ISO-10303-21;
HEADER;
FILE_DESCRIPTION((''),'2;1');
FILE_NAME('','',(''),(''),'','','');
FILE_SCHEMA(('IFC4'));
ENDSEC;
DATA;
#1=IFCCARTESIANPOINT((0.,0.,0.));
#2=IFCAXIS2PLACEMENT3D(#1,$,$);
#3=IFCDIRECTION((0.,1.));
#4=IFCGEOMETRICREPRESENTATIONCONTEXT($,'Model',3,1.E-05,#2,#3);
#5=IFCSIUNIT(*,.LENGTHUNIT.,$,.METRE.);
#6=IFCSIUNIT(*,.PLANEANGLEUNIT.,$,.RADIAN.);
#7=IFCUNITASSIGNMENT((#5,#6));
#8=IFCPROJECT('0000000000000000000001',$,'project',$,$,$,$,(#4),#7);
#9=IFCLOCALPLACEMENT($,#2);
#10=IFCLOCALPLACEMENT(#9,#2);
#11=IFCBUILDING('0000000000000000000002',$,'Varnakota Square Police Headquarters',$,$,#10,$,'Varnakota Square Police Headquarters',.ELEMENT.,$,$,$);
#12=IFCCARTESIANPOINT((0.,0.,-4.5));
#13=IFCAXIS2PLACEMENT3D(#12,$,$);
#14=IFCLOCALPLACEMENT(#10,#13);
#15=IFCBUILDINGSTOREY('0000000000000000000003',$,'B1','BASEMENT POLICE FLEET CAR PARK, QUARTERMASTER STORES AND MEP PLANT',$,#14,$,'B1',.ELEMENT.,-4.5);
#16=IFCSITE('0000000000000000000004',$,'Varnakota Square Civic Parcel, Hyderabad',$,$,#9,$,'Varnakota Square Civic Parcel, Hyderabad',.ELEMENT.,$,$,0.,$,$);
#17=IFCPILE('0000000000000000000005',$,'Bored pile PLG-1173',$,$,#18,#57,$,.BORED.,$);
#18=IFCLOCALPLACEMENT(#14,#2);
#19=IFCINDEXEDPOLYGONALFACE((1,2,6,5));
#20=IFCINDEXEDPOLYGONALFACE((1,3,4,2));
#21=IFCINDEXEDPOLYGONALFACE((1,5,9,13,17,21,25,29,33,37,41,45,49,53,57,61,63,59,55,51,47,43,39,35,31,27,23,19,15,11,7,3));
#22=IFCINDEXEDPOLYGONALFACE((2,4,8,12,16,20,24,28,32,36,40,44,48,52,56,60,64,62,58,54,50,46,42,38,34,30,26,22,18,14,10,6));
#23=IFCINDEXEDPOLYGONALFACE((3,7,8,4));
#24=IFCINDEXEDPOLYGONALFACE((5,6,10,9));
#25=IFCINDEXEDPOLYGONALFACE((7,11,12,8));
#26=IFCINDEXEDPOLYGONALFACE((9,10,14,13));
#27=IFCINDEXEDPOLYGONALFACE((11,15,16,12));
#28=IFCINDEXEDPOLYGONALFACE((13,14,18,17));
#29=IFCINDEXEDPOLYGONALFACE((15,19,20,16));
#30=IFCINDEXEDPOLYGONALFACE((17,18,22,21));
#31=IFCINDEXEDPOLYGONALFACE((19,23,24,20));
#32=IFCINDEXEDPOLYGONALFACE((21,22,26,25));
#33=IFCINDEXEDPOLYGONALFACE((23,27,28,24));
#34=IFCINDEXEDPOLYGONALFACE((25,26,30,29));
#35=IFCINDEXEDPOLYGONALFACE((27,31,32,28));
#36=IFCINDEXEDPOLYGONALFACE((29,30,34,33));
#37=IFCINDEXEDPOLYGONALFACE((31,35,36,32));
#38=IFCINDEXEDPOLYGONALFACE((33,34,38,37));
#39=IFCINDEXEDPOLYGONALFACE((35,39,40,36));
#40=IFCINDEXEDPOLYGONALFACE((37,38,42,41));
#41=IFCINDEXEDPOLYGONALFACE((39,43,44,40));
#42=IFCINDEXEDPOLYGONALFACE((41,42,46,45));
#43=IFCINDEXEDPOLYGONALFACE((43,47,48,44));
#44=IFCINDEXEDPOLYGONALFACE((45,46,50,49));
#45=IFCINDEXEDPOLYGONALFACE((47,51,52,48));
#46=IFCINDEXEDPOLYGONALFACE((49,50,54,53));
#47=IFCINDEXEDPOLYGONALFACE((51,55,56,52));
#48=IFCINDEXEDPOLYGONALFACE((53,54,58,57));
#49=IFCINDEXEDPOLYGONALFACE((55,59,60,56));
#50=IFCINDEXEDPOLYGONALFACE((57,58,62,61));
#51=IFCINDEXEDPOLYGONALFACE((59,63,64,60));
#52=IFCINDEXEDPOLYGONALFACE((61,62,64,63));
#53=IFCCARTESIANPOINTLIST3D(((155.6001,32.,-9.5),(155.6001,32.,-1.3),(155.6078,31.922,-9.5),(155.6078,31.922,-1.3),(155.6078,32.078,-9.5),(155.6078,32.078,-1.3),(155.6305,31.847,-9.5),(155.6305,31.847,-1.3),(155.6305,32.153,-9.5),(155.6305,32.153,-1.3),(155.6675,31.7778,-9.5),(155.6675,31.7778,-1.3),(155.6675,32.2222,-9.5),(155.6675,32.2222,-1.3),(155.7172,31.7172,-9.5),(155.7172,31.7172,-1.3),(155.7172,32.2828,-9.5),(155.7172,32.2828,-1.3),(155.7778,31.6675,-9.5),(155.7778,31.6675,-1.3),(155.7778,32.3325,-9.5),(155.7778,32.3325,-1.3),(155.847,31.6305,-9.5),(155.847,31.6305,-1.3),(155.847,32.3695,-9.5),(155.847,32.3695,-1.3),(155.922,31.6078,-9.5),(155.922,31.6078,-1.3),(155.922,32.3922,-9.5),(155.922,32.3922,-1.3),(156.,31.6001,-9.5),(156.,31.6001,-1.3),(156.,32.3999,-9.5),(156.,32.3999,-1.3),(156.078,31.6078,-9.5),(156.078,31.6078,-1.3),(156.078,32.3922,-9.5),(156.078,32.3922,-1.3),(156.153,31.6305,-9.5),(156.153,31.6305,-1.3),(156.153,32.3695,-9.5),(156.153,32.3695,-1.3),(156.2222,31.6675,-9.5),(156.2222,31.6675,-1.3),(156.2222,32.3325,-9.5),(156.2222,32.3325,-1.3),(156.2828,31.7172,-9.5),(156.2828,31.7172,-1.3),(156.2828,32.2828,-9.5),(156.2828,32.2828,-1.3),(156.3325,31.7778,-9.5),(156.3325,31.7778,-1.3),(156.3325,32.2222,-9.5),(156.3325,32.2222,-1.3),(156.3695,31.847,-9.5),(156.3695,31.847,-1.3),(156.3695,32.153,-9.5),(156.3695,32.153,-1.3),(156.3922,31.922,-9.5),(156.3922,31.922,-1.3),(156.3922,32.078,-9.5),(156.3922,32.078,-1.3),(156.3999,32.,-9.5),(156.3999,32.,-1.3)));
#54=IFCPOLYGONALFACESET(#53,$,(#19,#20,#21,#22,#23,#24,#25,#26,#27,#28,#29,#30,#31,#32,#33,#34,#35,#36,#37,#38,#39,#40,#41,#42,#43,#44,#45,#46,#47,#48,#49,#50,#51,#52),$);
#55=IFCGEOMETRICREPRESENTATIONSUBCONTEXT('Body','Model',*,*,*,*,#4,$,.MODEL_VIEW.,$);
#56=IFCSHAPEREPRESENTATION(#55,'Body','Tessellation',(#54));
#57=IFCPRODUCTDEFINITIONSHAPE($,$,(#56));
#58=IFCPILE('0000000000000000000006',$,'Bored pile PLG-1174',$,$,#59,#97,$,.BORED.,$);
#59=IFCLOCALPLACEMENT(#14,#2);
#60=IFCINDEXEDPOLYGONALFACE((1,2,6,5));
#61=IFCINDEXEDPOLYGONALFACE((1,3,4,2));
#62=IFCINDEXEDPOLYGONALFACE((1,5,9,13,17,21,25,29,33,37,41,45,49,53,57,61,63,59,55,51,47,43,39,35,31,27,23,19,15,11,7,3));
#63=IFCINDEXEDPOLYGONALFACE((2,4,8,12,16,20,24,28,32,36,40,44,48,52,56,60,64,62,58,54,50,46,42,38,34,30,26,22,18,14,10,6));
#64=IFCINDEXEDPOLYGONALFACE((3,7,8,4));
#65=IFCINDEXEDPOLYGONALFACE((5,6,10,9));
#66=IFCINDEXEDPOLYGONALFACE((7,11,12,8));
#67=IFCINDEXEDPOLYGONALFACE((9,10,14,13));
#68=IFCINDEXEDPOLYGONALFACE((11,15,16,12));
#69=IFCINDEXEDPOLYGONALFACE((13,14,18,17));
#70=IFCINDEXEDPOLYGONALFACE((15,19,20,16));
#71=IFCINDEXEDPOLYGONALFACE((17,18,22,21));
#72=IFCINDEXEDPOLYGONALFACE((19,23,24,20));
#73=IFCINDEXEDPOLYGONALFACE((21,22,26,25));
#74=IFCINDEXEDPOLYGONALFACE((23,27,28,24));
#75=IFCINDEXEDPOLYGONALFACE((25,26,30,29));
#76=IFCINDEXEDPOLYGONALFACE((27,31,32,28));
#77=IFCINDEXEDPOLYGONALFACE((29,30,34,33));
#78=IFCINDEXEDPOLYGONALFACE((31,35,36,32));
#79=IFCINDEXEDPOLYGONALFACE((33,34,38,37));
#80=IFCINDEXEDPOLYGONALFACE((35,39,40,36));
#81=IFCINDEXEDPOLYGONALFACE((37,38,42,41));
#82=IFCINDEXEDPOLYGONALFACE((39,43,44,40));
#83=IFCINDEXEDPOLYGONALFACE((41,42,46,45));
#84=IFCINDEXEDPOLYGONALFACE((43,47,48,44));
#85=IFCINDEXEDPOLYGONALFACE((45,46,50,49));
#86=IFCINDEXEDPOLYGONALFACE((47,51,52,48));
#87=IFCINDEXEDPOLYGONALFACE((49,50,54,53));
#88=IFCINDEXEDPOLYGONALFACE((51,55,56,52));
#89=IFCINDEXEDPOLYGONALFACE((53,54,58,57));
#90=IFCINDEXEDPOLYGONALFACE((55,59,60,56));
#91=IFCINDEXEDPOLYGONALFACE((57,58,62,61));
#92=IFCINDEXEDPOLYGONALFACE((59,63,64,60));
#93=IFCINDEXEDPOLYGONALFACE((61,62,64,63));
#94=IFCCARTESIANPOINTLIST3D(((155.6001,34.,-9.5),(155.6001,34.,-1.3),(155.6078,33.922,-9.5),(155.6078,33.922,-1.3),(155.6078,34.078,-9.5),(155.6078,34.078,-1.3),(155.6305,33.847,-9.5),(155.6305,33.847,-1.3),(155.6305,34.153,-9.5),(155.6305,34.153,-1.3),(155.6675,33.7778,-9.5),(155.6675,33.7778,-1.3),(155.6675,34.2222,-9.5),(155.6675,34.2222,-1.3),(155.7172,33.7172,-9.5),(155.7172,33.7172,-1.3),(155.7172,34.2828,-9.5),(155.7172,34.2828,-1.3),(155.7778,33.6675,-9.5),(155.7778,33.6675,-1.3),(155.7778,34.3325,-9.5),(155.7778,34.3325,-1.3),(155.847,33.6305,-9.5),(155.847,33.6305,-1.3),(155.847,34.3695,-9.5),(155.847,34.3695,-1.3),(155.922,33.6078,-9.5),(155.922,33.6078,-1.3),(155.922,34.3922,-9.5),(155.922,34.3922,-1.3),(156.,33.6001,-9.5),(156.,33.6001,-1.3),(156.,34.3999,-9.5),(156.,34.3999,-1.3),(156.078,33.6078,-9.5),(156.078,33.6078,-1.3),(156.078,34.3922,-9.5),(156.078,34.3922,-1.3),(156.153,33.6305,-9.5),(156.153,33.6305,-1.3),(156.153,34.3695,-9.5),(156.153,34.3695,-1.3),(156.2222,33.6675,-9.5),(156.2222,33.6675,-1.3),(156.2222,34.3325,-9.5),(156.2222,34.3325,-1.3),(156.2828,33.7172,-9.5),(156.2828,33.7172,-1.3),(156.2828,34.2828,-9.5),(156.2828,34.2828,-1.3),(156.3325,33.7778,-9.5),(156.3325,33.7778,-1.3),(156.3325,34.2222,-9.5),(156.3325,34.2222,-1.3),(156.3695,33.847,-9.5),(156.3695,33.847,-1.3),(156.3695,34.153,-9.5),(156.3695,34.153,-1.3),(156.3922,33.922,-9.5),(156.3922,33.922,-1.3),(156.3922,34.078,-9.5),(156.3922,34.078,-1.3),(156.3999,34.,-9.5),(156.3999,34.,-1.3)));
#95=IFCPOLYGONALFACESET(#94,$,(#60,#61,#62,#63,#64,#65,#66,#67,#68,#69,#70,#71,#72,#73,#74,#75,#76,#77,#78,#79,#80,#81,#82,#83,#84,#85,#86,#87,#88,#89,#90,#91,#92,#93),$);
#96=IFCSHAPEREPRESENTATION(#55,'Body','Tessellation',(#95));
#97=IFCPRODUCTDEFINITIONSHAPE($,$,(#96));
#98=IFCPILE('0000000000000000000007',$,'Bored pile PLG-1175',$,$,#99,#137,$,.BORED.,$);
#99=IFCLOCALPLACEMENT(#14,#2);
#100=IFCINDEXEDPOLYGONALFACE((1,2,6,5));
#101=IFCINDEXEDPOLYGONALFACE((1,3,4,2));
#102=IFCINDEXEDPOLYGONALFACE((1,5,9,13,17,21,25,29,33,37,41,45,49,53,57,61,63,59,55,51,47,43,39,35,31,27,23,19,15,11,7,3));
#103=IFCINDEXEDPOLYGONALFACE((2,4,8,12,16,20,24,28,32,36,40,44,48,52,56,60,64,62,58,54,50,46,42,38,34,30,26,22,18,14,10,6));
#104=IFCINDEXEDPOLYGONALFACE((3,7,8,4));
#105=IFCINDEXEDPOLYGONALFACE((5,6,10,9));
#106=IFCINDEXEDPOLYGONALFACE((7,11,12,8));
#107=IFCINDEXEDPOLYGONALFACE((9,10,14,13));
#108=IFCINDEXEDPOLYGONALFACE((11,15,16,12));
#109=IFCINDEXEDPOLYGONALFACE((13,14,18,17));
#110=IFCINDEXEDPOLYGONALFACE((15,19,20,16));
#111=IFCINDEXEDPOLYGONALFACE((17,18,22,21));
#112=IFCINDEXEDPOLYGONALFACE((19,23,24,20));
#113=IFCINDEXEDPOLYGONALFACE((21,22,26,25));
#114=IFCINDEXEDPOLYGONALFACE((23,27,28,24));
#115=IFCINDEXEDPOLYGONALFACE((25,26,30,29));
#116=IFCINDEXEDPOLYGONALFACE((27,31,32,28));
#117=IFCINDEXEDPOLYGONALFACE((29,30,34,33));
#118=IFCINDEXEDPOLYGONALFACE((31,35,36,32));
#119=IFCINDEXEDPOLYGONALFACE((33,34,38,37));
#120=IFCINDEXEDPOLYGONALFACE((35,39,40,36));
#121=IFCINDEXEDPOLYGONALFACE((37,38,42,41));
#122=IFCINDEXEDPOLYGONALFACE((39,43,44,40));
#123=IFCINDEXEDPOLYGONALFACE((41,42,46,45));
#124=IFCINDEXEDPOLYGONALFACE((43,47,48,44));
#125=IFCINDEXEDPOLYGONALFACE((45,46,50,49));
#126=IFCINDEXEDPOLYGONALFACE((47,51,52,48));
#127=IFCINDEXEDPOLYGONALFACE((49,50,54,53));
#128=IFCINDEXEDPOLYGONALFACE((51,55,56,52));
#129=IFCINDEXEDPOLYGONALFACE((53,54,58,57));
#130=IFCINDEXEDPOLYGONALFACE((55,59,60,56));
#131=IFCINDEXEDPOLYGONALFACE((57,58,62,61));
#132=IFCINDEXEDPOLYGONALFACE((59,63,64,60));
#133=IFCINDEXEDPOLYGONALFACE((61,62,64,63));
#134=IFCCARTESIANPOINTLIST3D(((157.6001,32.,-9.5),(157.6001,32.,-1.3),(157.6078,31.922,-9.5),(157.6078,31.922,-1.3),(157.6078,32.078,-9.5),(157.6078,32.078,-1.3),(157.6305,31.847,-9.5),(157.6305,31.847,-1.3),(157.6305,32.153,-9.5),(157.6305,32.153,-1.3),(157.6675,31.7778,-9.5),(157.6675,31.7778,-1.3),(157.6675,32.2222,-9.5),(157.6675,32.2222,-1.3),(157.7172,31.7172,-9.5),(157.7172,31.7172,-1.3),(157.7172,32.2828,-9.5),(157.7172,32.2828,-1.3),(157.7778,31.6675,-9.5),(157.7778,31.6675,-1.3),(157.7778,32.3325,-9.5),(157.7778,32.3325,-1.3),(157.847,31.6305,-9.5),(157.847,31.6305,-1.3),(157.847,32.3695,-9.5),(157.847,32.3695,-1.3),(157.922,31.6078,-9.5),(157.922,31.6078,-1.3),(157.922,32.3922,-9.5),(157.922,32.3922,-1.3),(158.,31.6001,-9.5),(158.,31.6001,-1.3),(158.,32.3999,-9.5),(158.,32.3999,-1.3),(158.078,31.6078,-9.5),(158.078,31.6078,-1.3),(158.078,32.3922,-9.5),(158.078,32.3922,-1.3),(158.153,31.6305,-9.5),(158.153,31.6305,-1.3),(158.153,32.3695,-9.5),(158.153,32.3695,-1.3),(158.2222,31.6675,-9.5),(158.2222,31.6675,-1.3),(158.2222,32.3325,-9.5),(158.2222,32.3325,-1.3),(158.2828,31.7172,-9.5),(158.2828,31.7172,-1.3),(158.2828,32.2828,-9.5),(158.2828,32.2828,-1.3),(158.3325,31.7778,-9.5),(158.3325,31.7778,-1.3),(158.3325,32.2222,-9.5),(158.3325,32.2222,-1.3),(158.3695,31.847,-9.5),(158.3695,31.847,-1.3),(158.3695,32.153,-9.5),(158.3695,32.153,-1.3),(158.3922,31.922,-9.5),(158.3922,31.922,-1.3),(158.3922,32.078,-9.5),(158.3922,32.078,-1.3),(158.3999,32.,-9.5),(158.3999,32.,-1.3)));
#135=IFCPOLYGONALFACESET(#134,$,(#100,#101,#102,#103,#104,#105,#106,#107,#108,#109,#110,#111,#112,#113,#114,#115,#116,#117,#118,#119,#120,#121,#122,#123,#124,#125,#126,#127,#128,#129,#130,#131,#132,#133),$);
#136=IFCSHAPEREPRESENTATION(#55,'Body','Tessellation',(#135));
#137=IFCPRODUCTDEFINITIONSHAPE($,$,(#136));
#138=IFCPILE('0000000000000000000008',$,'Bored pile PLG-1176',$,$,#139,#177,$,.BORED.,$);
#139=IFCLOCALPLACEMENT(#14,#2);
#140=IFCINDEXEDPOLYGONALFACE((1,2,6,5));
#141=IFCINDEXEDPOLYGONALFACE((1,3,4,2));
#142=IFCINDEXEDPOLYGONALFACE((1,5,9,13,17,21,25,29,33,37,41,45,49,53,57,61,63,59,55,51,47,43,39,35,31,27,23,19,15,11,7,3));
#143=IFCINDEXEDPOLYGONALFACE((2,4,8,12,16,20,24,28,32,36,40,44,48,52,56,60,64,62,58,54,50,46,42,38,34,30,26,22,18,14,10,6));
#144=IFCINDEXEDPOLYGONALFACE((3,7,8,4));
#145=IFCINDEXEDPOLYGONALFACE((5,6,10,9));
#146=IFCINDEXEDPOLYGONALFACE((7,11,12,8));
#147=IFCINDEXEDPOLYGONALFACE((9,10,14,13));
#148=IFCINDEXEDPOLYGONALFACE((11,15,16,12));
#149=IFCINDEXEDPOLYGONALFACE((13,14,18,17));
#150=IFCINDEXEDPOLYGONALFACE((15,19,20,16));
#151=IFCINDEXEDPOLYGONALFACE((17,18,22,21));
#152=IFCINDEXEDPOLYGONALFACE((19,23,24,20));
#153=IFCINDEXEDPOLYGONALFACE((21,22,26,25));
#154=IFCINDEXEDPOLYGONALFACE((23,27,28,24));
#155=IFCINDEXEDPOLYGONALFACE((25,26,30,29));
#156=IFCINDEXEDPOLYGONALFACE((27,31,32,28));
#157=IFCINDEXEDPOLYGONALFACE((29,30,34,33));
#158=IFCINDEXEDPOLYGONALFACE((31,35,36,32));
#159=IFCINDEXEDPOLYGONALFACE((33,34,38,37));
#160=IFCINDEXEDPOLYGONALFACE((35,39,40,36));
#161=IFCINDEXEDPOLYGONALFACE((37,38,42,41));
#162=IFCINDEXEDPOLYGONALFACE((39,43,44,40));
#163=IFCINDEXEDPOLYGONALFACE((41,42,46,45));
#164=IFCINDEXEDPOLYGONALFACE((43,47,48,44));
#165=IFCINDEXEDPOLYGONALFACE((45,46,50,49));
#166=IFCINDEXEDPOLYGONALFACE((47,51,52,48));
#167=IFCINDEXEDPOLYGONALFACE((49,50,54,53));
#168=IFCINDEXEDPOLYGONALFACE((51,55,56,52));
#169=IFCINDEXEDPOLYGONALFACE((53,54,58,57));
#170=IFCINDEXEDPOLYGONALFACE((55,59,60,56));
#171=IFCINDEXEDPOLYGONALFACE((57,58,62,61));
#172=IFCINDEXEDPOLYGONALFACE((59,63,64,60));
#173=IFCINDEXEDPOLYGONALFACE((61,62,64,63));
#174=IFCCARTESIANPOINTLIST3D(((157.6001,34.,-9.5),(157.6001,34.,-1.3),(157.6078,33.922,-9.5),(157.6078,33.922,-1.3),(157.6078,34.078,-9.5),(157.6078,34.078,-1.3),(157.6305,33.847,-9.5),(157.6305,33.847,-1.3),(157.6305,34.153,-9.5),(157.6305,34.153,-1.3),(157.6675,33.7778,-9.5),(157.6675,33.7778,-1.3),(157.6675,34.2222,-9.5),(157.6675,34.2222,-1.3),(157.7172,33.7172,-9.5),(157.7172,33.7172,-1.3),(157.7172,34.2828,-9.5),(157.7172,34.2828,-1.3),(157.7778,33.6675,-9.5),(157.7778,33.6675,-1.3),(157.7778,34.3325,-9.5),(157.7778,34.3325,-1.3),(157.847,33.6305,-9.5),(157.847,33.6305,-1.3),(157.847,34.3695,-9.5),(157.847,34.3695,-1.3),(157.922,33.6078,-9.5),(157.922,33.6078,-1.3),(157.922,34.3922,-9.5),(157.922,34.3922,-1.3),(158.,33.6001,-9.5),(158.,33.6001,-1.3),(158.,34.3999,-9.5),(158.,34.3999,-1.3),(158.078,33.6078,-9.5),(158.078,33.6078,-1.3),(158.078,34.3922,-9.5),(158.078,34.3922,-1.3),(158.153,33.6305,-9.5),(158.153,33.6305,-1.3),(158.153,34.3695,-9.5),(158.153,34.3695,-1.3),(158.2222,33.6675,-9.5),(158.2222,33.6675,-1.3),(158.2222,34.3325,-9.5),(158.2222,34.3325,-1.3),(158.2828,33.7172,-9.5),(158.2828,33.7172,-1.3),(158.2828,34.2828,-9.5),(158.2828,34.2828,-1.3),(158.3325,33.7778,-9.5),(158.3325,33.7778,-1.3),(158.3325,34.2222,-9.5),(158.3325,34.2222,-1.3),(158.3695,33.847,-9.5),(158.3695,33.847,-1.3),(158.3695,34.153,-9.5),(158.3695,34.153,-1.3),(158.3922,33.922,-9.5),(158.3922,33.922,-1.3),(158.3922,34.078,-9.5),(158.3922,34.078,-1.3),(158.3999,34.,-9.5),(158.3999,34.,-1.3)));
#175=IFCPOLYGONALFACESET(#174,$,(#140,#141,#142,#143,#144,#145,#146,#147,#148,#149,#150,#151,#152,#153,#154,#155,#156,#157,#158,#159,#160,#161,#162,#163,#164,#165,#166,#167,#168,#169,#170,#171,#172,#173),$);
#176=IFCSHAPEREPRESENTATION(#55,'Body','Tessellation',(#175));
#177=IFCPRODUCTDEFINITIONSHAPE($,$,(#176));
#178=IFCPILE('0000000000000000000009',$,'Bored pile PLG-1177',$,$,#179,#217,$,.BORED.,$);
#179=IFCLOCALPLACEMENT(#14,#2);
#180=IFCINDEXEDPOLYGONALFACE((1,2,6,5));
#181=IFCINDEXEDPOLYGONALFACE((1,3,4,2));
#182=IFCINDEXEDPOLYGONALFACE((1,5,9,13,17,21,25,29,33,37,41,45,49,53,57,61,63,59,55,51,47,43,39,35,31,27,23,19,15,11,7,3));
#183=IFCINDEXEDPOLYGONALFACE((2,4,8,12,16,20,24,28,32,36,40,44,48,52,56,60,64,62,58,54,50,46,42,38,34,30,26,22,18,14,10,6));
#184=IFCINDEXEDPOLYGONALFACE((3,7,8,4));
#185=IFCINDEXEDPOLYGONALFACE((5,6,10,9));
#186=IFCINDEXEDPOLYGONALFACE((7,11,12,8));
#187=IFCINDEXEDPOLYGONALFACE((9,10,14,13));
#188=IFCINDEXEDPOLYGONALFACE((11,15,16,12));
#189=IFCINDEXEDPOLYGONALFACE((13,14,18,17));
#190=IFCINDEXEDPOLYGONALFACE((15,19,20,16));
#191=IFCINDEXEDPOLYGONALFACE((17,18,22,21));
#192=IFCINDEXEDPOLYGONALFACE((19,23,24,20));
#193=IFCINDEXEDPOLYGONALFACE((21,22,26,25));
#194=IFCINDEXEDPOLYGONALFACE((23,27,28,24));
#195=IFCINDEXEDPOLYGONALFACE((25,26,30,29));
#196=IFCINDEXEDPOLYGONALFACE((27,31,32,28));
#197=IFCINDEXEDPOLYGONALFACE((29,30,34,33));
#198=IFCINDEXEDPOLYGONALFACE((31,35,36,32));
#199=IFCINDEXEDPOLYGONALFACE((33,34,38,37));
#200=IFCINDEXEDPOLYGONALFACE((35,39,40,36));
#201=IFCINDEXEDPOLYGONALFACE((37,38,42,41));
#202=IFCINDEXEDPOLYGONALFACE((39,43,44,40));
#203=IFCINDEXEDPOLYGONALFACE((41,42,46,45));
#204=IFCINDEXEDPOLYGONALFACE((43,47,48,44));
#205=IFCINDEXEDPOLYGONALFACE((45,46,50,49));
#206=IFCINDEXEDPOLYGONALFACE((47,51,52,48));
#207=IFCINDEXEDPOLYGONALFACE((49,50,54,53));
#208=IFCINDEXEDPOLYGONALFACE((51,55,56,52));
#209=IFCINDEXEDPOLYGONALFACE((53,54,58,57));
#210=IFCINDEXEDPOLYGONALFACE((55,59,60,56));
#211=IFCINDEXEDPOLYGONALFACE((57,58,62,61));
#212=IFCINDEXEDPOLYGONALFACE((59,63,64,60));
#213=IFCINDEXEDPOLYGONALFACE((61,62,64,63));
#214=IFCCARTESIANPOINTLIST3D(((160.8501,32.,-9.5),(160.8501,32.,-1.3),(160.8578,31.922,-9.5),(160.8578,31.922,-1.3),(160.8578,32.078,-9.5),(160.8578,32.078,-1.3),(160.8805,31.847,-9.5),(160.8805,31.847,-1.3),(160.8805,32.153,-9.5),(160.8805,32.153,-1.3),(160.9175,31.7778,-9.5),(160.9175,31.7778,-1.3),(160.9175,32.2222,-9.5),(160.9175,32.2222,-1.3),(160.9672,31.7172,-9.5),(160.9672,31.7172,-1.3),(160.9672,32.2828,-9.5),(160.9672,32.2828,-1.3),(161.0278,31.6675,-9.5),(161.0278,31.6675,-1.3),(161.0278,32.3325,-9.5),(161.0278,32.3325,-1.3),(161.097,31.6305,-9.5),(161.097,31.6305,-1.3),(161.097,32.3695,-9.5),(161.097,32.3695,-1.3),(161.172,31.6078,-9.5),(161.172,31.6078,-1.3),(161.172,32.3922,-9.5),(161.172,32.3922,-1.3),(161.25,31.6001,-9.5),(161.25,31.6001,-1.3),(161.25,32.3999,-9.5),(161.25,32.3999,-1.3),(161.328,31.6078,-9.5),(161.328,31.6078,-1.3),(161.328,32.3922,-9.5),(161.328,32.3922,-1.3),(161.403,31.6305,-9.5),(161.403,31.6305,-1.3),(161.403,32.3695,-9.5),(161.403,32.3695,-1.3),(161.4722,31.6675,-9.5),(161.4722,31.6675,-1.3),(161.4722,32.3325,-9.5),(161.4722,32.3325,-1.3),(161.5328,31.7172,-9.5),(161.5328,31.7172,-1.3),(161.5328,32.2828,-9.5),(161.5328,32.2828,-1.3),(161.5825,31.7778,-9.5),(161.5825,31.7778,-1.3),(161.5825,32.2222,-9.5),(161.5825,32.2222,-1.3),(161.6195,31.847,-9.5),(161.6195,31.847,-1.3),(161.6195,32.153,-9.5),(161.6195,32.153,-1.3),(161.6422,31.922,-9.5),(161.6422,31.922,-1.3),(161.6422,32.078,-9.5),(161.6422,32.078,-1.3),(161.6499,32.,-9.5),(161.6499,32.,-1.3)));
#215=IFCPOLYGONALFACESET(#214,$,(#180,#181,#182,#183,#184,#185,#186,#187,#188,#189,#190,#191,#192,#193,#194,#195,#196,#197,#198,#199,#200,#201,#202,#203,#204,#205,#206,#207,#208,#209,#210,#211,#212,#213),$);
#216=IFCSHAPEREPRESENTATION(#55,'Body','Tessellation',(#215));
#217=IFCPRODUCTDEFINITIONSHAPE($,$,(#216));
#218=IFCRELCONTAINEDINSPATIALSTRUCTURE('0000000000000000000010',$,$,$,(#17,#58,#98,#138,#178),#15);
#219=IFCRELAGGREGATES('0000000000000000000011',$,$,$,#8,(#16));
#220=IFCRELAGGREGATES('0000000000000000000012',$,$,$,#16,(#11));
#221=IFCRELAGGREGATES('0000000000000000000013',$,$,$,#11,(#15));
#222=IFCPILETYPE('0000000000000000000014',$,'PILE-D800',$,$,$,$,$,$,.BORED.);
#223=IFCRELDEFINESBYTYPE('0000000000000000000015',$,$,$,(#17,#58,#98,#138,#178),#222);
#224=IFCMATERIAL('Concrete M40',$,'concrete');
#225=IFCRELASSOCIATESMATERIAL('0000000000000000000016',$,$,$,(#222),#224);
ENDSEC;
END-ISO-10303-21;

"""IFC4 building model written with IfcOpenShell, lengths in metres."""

from ifc_helpers import new_model, si_unit, direction, frame, origin, origin_2d, place, context, subcontext, project, spatial, circle, extrude, material, material_profile, profile_set, type_object, element, save


model = new_model("IFC4")

# Units and contexts
model_context = context("Model", 3, precision=1e-05, world=origin(), true_north=direction((0.0, 1.0)))
body_context = subcontext(model_context, "Body", "Model", "MODEL_VIEW")
ifc_project = project(units=[si_unit("LENGTHUNIT", "METRE"), si_unit("PLANEANGLEUNIT", "RADIAN")], contexts=[model_context])

# Site, building, storey
site_placement = place(None, origin())
site = spatial("IfcSite", under=ifc_project, at=site_placement, Name="Varnakota Square Civic Parcel, Hyderabad", LongName="Varnakota Square Civic Parcel, Hyderabad", CompositionType="ELEMENT", RefElevation=0.0)
building_placement = place(site_placement, origin())
building = spatial("IfcBuilding", under=site, at=building_placement, Name="Varnakota Square Police Headquarters", LongName="Varnakota Square Police Headquarters", CompositionType="ELEMENT")
storey_placement = place(building_placement, frame((0.0, 0.0, -4.5)))
storey = spatial("IfcBuildingStorey", under=building, at=storey_placement, Name="B1", Description="BASEMENT POLICE FLEET CAR PARK, QUARTERMASTER STORES AND MEP PLANT", LongName="B1", CompositionType="ELEMENT", Elevation=-4.5)

# Shared definitions
ifc_material_1 = material(Name="Concrete M40", Category="concrete")

# Piles
ifc_material_profile_1 = material_profile(ifc_material_1, circle(Radius=0.3999, at=origin_2d()), Name="BORED PILE 800")
ifc_profile_set_1 = profile_set([ifc_material_profile_1], Name="Concrete M40")
pile_type = type_object("IfcPileType", Name="PILE-D800", PredefinedType="BORED", material=ifc_profile_set_1)
for number, where, z_axis, x_axis, name in (
    (1, (156.0, 32.0, -1.3), (0.0, 0.0, -1.0), (1.0, 0.0, 0.0), "Bored pile PLG-1173"),
    (2, (156.0, 34.0, -1.3), (0.0, 0.0, -1.0), (1.0, 0.0, 0.0), "Bored pile PLG-1174"),
    (3, (158.0, 32.0, -1.3), (0.0, 0.0, -1.0), (1.0, 0.0, 0.0), "Bored pile PLG-1175"),
    (4, (158.0, 34.0, -1.3), (0.0, 0.0, -1.0), (1.0, 0.0, 0.0), "Bored pile PLG-1176"),
    (5, (161.25, 32.0, -1.3), (0.0, 0.0, -1.0), (1.0, 0.0, 0.0), "Bored pile PLG-1177"),
):
    element("IfcPile", number, at=place(storey_placement, frame(where, z_axis=z_axis, x_axis=x_axis)), inside=storey, type_object=pile_type, Name=name, PredefinedType="BORED", context=body_context, shape_type="SweptSolid", body=[
        extrude(circle(Radius=0.3999, at=origin_2d()), origin(), (0.0, 0.0, 1.0), 8.2),
    ])

save(model, "model.ifc")
